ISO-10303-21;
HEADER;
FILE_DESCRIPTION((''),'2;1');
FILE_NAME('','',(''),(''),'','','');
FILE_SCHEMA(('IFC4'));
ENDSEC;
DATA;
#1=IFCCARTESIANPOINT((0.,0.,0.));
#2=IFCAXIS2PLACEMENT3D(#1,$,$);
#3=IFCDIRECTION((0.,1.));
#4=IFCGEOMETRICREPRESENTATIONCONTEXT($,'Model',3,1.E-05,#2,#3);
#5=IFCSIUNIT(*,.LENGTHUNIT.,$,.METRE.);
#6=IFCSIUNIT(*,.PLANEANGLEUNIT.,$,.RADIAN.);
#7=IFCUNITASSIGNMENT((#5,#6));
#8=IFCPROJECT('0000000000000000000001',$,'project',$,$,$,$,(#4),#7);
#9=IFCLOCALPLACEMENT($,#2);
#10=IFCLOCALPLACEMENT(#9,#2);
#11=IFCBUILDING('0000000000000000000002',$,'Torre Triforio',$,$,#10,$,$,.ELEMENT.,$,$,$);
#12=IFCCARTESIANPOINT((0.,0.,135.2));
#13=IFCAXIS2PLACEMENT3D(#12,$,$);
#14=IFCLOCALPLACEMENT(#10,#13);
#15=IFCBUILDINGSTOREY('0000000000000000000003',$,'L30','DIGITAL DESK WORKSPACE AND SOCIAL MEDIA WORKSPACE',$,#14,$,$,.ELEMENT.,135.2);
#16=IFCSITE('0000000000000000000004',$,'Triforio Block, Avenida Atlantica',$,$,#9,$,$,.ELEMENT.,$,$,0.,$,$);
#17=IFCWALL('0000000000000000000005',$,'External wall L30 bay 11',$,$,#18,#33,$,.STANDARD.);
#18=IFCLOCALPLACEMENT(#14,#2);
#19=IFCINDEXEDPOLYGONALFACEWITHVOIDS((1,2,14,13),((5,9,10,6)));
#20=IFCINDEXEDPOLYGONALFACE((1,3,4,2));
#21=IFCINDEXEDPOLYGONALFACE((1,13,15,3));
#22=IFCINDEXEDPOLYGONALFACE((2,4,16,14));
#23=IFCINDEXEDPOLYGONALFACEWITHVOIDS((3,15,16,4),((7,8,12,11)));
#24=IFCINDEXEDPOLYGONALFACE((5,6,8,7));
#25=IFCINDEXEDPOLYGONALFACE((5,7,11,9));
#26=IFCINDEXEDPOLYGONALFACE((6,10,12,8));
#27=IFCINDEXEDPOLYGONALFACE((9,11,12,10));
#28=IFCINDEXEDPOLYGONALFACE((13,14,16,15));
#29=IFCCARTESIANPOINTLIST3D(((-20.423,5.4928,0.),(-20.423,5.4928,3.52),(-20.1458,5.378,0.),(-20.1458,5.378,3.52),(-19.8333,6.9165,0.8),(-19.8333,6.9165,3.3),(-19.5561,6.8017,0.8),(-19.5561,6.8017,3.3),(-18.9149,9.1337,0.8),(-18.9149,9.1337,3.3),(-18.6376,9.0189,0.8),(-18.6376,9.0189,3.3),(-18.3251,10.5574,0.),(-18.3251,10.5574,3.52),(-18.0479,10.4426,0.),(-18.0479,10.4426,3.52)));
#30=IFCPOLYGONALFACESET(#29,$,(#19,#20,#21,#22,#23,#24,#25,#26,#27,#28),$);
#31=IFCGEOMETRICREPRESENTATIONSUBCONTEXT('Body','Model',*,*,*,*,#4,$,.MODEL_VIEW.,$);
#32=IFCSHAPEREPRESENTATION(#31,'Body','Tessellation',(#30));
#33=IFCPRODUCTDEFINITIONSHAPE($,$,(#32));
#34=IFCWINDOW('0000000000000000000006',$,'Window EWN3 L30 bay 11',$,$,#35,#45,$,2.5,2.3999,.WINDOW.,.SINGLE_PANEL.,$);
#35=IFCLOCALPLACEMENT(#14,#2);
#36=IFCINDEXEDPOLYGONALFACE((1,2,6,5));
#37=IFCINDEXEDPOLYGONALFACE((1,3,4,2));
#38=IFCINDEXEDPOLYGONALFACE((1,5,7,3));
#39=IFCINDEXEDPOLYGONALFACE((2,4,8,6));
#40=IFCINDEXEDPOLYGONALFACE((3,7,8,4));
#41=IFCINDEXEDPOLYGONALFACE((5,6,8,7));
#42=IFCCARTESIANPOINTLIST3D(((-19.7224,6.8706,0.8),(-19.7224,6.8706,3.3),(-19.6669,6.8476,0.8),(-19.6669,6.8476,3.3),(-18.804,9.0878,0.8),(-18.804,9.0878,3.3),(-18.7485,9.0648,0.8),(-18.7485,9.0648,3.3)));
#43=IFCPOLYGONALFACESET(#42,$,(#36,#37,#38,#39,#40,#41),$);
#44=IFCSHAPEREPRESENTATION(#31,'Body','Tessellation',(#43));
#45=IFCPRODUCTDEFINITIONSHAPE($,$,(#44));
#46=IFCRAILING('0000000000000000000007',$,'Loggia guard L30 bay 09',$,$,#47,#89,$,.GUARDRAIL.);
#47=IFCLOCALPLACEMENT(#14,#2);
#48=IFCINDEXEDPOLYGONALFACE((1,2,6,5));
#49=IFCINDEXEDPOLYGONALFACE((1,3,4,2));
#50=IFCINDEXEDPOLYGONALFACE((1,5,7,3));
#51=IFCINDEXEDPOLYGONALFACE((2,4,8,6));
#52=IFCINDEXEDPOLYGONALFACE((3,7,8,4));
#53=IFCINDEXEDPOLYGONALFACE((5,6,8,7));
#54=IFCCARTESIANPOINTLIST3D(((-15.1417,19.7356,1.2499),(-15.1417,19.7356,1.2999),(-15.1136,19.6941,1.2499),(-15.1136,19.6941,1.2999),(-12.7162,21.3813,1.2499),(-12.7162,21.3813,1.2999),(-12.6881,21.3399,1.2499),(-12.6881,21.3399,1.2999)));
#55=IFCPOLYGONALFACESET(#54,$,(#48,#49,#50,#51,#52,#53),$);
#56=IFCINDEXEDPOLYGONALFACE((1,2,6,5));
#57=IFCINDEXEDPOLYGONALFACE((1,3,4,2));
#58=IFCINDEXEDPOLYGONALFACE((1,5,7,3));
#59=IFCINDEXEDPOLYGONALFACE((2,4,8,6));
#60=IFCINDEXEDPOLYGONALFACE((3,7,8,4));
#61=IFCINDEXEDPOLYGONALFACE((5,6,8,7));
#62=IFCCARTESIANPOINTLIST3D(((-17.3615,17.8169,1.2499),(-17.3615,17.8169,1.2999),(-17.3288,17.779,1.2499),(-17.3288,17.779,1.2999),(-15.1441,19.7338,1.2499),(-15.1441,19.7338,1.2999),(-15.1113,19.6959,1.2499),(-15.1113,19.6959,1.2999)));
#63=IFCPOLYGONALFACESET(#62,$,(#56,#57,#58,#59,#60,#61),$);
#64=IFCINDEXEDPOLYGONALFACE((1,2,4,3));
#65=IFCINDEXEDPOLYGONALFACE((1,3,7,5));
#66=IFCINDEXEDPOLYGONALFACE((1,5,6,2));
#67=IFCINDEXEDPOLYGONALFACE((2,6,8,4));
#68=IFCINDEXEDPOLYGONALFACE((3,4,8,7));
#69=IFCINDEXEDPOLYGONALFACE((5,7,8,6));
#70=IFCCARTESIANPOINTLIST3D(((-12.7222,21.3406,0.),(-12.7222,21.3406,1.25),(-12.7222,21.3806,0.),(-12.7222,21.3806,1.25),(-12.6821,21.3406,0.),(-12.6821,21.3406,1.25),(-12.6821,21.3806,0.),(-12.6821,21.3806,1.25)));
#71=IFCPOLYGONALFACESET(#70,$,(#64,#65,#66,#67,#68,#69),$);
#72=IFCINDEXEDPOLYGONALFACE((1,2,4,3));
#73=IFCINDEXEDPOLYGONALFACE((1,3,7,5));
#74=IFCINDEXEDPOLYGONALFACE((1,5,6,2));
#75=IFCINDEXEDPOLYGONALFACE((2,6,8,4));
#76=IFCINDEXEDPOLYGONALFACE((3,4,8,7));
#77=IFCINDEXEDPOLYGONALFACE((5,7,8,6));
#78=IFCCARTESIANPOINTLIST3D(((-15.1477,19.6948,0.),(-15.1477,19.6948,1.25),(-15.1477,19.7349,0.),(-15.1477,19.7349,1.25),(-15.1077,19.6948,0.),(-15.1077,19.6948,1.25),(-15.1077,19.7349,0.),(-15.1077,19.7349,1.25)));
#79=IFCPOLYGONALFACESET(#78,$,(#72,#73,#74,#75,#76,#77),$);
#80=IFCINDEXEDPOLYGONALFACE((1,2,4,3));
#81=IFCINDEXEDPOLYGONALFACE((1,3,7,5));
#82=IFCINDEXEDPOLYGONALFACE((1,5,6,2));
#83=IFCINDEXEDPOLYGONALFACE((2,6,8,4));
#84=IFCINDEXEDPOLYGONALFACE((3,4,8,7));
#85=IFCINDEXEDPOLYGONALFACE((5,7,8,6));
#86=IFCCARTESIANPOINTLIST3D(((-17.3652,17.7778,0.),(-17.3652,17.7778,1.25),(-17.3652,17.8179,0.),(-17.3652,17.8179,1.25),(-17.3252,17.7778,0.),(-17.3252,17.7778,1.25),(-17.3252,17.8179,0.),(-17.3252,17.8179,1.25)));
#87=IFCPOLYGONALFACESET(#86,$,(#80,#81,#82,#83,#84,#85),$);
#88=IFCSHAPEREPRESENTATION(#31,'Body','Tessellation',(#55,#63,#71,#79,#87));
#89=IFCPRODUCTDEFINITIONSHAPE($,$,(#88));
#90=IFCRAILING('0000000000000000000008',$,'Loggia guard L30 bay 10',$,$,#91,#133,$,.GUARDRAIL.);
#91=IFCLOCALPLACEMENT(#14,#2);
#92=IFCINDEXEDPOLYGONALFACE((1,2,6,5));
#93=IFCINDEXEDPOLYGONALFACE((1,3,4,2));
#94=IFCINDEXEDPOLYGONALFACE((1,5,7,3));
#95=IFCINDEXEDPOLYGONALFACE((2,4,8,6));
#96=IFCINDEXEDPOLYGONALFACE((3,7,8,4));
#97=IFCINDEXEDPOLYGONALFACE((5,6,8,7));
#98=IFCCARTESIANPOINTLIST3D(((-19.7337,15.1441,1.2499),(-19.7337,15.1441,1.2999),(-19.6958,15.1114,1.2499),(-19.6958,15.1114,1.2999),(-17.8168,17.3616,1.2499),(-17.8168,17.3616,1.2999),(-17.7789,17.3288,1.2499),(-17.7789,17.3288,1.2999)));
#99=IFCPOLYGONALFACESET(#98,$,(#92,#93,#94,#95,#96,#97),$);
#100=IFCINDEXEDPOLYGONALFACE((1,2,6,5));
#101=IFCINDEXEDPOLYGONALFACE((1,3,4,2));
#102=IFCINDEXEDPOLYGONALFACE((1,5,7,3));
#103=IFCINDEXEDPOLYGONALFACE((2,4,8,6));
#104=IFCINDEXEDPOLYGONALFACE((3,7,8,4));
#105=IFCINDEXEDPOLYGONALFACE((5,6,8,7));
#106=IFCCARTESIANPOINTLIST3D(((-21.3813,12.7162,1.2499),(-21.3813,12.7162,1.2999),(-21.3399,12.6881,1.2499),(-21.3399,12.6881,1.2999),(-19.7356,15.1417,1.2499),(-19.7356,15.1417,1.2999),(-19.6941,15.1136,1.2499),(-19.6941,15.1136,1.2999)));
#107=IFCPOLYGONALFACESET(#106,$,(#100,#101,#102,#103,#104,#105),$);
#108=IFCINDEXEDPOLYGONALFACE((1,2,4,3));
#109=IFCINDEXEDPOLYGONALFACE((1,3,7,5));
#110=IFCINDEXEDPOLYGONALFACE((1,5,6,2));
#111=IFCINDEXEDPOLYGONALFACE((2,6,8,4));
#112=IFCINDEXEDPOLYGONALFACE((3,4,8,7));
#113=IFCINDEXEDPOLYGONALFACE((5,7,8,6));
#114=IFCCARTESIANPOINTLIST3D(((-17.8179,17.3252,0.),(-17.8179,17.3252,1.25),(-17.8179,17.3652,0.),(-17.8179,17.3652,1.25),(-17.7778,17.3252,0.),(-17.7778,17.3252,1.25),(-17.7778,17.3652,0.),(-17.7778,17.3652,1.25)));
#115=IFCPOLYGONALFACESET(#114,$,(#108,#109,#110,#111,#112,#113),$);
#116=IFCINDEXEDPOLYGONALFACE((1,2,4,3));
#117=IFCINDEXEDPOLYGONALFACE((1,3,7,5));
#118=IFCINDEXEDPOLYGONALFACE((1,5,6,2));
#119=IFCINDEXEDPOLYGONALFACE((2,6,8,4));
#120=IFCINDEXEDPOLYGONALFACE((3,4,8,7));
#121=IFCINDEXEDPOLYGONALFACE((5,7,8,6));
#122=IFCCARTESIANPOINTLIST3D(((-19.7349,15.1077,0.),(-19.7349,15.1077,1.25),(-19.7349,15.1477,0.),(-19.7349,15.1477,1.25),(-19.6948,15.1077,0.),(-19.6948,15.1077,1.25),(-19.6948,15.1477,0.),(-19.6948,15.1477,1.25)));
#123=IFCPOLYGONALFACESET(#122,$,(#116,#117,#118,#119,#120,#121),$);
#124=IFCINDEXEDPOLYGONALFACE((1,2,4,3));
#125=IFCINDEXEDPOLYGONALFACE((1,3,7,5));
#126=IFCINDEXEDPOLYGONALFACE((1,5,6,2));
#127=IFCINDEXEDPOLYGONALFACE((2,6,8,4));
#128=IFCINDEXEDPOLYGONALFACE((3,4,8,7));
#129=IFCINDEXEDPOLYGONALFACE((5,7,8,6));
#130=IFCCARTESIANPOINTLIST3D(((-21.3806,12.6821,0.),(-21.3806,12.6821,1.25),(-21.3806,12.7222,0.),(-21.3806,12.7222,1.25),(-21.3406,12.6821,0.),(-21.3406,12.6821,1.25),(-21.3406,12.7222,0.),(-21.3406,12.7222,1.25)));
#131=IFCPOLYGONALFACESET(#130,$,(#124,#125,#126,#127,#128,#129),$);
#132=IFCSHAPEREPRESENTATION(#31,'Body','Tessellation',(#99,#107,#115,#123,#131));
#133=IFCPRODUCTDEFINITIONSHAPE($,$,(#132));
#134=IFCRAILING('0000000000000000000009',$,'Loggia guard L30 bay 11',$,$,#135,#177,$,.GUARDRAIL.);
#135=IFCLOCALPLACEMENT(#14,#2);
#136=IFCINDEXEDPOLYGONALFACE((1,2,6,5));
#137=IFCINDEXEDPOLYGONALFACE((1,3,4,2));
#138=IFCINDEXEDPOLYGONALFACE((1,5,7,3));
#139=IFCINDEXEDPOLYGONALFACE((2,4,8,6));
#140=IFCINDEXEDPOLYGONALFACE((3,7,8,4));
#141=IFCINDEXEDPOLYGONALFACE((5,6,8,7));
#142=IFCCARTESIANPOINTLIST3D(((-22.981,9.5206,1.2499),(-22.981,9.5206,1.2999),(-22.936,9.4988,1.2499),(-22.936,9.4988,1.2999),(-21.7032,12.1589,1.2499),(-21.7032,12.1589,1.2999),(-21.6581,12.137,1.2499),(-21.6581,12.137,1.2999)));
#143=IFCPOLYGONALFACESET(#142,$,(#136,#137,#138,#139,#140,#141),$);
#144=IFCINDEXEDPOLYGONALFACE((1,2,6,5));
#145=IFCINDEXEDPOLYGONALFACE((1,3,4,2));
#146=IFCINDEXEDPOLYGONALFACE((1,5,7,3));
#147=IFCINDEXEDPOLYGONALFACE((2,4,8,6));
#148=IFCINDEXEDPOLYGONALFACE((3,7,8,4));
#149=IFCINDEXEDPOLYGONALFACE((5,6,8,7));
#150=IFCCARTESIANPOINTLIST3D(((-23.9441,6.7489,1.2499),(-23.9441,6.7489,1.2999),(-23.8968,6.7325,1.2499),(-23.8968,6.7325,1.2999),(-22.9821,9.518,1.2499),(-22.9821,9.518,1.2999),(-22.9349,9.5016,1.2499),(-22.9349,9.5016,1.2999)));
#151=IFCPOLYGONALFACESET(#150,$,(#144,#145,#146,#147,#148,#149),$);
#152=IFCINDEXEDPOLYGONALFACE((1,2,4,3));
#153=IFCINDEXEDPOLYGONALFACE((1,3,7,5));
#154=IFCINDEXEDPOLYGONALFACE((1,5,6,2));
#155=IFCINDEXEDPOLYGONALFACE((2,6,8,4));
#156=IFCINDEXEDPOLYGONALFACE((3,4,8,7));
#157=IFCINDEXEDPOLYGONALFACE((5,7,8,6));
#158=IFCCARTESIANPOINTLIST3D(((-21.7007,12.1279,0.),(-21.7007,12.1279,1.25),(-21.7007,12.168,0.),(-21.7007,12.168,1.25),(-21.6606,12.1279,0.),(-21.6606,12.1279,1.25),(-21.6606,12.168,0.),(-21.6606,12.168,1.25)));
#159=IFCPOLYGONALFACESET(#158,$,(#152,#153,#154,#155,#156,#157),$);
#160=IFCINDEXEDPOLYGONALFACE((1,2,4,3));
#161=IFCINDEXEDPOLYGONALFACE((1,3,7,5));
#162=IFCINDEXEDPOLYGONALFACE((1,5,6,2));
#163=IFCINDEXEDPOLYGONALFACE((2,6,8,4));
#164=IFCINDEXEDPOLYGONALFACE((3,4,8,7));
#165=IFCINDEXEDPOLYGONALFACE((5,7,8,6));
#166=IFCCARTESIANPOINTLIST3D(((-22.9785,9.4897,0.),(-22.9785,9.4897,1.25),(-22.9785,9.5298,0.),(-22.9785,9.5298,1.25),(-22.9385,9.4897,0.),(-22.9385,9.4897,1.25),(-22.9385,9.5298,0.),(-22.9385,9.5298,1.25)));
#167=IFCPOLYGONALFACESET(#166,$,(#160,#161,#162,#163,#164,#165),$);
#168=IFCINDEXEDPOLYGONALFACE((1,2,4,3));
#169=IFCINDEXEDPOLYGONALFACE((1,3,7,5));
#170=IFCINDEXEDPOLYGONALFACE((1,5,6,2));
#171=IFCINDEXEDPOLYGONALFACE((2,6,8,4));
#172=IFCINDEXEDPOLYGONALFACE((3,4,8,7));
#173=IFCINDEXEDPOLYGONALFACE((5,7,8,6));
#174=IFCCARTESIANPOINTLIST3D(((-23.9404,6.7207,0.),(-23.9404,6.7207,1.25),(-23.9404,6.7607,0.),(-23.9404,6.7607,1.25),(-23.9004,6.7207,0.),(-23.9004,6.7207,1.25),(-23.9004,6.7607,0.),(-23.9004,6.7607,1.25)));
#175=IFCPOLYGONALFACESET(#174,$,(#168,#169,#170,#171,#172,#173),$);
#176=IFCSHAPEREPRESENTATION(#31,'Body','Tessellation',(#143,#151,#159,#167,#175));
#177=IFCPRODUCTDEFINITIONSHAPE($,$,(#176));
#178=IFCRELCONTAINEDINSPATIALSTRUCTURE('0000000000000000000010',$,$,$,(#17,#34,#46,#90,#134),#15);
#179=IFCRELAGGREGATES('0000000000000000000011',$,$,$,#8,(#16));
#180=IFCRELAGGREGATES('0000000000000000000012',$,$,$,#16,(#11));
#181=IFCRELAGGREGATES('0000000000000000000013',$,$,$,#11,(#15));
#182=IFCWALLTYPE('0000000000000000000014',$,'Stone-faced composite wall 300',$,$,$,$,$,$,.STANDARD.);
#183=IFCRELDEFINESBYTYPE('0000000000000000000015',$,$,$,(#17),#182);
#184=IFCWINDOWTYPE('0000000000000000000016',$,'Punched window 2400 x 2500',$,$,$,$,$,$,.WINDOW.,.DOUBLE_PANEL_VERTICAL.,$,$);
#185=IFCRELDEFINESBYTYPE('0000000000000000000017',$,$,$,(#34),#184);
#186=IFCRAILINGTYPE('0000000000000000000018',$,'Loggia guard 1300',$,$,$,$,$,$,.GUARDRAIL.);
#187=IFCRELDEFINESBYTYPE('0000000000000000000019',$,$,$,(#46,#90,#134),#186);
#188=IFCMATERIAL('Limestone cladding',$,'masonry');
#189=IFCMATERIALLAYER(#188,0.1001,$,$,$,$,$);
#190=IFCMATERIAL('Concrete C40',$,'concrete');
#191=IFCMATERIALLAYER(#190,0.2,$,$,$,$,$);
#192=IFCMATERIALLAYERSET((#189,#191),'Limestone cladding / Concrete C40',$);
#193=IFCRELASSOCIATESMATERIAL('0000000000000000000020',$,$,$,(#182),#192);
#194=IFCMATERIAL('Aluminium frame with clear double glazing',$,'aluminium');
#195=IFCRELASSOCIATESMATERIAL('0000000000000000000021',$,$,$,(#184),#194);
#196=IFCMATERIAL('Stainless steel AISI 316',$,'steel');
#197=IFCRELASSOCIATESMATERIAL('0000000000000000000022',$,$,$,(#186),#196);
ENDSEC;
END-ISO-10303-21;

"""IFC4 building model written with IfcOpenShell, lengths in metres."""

from ifc_helpers import new_model, si_unit, direction, frame, frame_2d, origin, origin_2d, place, context, subcontext, project, spatial, rectangle, extrude, material, layer, layer_set, type_object, element, fill, save


model = new_model("IFC4")

# Units and contexts
model_context = context("Model", 3, precision=1e-05, world=origin(), true_north=direction((0.0, 1.0)))
body_context = subcontext(model_context, "Body", "Model", "MODEL_VIEW")
ifc_project = project(units=[si_unit("LENGTHUNIT", "METRE"), si_unit("PLANEANGLEUNIT", "RADIAN")], contexts=[model_context])

# Site, building, storey
site_placement = place(None, origin())
site = spatial("IfcSite", under=ifc_project, at=site_placement, Name="Triforio Block, Avenida Atlantica", CompositionType="ELEMENT", RefElevation=0.0)
building_placement = place(site_placement, origin())
building = spatial("IfcBuilding", under=site, at=building_placement, Name="Torre Triforio", CompositionType="ELEMENT")
storey_placement = place(building_placement, frame((0.0, 0.0, 135.2)))
storey = spatial("IfcBuildingStorey", under=building, at=storey_placement, Name="L30", Description="DIGITAL DESK WORKSPACE AND SOCIAL MEDIA WORKSPACE", CompositionType="ELEMENT", Elevation=135.2)

# Shared definitions
ifc_material_1 = material(Name="Limestone cladding", Category="masonry")
ifc_material_2 = material(Name="Concrete C40", Category="concrete")

# Shared definitions
ifc_layer_1 = layer(ifc_material_1, 0.1001)
ifc_layer_2 = layer(ifc_material_2, 0.2)
ifc_layer_set_1 = layer_set([ifc_layer_1, ifc_layer_2], Name="Limestone cladding / Concrete C40")
wall_type_1 = type_object("IfcWallType", Name="Stone-faced composite wall 300", PredefinedType="STANDARD", material=ifc_layer_set_1)
ifc_material_3 = material(Name="Aluminium frame with clear double glazing", Category="aluminium")
window_type_1 = type_object("IfcWindowType", Name="Punched window 2400 x 2500", PartitioningType="DOUBLE_PANEL_VERTICAL", PredefinedType="WINDOW", material=ifc_material_3)

# Wall, opening, window
wall_1_placement = place(storey_placement, frame((-18.1865, 10.5, 0.0), z_axis=(0.0, 0.0, 1.0), x_axis=(-0.382689, -0.923877, 0.0)))
wall_1 = element("IfcWall", 1, at=wall_1_placement, inside=storey, type_object=wall_type_1, Name="External wall L30 bay 11", PredefinedType="STANDARD", context=body_context, shape_type="SweptSolid", body=[
    extrude(rectangle(XDim=5.4819, YDim=0.3, at=frame_2d((2.741, 0.0))), origin(), (0.0, 0.0, 1.0), 3.52),
])
opening_1_placement = place(wall_1_placement, frame((1.541, 0.0, 0.8)))
opening_1 = element("IfcOpeningElement", 2, at=opening_1_placement, cuts=wall_1, PredefinedType="OPENING", context=body_context, shape_type="SweptSolid", body=[
    extrude(rectangle(XDim=2.3999, YDim=2.5, at=frame_2d((1.2, 1.25))), frame((0.0, 0.1599, 0.0), z_axis=(0.0, -1.0, 0.0), x_axis=(1.0, 0.0, 0.0)), (0.0, 0.0, 1.0), 0.3201),
])
window_1_placement = place(opening_1_placement, origin())
window_1 = element("IfcWindow", 3, at=window_1_placement, inside=storey, type_object=window_type_1, Name="Window EWN3 L30 bay 11", OverallHeight=2.5, OverallWidth=2.3999, PartitioningType="SINGLE_PANEL", PredefinedType="WINDOW", context=body_context, shape_type="SweptSolid", body=[
    extrude(rectangle(XDim=2.3999, YDim=2.5, at=frame_2d((1.2, 1.25))), frame((0.0, 0.03, 0.0), z_axis=(0.0, -1.0, 0.0), x_axis=(1.0, 0.0, 0.0)), (0.0, 0.0, 1.0), 0.0601),
])
fill(opening_1, window_1)

# Railings
ifc_material_4 = material(Name="Stainless steel AISI 316", Category="steel")
railing_type = type_object("IfcRailingType", Name="Loggia guard 1300", PredefinedType="GUARDRAIL", material=ifc_material_4)
railing_1_placement = place(storey_placement, frame((-12.7021, 21.3606, 0.0)))
element("IfcRailing", 4, at=railing_1_placement, inside=storey, type_object=railing_type, Name="Loggia guard L30 bay 09", PredefinedType="GUARDRAIL", context=body_context, shape_type="SweptSolid", body=[
    extrude(rectangle(XDim=0.05, YDim=0.05, at=origin_2d()), frame((0.0, 0.0, 1.2749), z_axis=(-0.827499, -0.561467, 0.0), x_axis=(0.561467, -0.827499, 0.0)), (0.0, 0.0, 1.0), 2.9312),
    extrude(rectangle(XDim=0.05, YDim=0.05, at=origin_2d()), frame((-2.4255, -1.6458, 1.2749), z_axis=(-0.75651, -0.653982, 0.0), x_axis=(0.653982, -0.75651, 0.0)), (0.0, 0.0, 1.0), 2.9312),
    extrude(rectangle(XDim=0.04, YDim=0.04, at=origin_2d()), origin(), (0.0, 0.0, 1.0), 1.25),
    extrude(rectangle(XDim=0.04, YDim=0.04, at=origin_2d()), frame((-2.4255, -1.6458, 0.0)), (0.0, 0.0, 1.0), 1.25),
    extrude(rectangle(XDim=0.04, YDim=0.04, at=origin_2d()), frame((-4.6431, -3.5627, 0.0)), (0.0, 0.0, 1.0), 1.25),
])
railing_2_placement = place(storey_placement, frame((-17.7979, 17.3452, 0.0)))
element("IfcRailing", 5, at=railing_2_placement, inside=storey, type_object=railing_type, Name="Loggia guard L30 bay 10", PredefinedType="GUARDRAIL", context=body_context, shape_type="SweptSolid", body=[
    extrude(rectangle(XDim=0.05, YDim=0.05, at=origin_2d()), frame((0.0, 0.0, 1.2749), z_axis=(-0.653982, -0.75651, 0.0), x_axis=(0.75651, -0.653982, 0.0)), (0.0, 0.0, 1.0), 2.9312),
    extrude(rectangle(XDim=0.05, YDim=0.05, at=origin_2d()), frame((-1.917, -2.2175, 1.2749), z_axis=(-0.561467, -0.827499, 0.0), x_axis=(0.827499, -0.561467, 0.0)), (0.0, 0.0, 1.0), 2.9312),
    extrude(rectangle(XDim=0.04, YDim=0.04, at=origin_2d()), origin(), (0.0, 0.0, 1.0), 1.25),
    extrude(rectangle(XDim=0.04, YDim=0.04, at=origin_2d()), frame((-1.917, -2.2175, 0.0)), (0.0, 0.0, 1.0), 1.25),
    extrude(rectangle(XDim=0.04, YDim=0.04, at=origin_2d()), frame((-3.5627, -4.6431, 0.0)), (0.0, 0.0, 1.0), 1.25),
])
railing_3_placement = place(storey_placement, frame((-21.6807, 12.1479, 0.0)))
element("IfcRailing", 6, at=railing_3_placement, inside=storey, type_object=railing_type, Name="Loggia guard L30 bay 11", PredefinedType="GUARDRAIL", context=body_context, shape_type="SweptSolid", body=[
    extrude(rectangle(XDim=0.05, YDim=0.05, at=origin_2d()), frame((0.0, 0.0, 1.2749), z_axis=(-0.435918, -0.899986, 0.0), x_axis=(0.899986, -0.435918, 0.0)), (0.0, 0.0, 1.0), 2.9314),
    extrude(rectangle(XDim=0.05, YDim=0.05, at=origin_2d()), frame((-1.2778, -2.6382, 1.2749), z_axis=(-0.328146, -0.944627, 0.0), x_axis=(0.944627, -0.328146, 0.0)), (0.0, 0.0, 1.0), 2.9314),
    extrude(rectangle(XDim=0.04, YDim=0.04, at=origin_2d()), origin(), (0.0, 0.0, 1.0), 1.25),
    extrude(rectangle(XDim=0.04, YDim=0.04, at=origin_2d()), frame((-1.2778, -2.6382, 0.0)), (0.0, 0.0, 1.0), 1.25),
    extrude(rectangle(XDim=0.04, YDim=0.04, at=origin_2d()), frame((-2.2397, -5.4072, 0.0)), (0.0, 0.0, 1.0), 1.25),
])

save(model, "model.ifc")
